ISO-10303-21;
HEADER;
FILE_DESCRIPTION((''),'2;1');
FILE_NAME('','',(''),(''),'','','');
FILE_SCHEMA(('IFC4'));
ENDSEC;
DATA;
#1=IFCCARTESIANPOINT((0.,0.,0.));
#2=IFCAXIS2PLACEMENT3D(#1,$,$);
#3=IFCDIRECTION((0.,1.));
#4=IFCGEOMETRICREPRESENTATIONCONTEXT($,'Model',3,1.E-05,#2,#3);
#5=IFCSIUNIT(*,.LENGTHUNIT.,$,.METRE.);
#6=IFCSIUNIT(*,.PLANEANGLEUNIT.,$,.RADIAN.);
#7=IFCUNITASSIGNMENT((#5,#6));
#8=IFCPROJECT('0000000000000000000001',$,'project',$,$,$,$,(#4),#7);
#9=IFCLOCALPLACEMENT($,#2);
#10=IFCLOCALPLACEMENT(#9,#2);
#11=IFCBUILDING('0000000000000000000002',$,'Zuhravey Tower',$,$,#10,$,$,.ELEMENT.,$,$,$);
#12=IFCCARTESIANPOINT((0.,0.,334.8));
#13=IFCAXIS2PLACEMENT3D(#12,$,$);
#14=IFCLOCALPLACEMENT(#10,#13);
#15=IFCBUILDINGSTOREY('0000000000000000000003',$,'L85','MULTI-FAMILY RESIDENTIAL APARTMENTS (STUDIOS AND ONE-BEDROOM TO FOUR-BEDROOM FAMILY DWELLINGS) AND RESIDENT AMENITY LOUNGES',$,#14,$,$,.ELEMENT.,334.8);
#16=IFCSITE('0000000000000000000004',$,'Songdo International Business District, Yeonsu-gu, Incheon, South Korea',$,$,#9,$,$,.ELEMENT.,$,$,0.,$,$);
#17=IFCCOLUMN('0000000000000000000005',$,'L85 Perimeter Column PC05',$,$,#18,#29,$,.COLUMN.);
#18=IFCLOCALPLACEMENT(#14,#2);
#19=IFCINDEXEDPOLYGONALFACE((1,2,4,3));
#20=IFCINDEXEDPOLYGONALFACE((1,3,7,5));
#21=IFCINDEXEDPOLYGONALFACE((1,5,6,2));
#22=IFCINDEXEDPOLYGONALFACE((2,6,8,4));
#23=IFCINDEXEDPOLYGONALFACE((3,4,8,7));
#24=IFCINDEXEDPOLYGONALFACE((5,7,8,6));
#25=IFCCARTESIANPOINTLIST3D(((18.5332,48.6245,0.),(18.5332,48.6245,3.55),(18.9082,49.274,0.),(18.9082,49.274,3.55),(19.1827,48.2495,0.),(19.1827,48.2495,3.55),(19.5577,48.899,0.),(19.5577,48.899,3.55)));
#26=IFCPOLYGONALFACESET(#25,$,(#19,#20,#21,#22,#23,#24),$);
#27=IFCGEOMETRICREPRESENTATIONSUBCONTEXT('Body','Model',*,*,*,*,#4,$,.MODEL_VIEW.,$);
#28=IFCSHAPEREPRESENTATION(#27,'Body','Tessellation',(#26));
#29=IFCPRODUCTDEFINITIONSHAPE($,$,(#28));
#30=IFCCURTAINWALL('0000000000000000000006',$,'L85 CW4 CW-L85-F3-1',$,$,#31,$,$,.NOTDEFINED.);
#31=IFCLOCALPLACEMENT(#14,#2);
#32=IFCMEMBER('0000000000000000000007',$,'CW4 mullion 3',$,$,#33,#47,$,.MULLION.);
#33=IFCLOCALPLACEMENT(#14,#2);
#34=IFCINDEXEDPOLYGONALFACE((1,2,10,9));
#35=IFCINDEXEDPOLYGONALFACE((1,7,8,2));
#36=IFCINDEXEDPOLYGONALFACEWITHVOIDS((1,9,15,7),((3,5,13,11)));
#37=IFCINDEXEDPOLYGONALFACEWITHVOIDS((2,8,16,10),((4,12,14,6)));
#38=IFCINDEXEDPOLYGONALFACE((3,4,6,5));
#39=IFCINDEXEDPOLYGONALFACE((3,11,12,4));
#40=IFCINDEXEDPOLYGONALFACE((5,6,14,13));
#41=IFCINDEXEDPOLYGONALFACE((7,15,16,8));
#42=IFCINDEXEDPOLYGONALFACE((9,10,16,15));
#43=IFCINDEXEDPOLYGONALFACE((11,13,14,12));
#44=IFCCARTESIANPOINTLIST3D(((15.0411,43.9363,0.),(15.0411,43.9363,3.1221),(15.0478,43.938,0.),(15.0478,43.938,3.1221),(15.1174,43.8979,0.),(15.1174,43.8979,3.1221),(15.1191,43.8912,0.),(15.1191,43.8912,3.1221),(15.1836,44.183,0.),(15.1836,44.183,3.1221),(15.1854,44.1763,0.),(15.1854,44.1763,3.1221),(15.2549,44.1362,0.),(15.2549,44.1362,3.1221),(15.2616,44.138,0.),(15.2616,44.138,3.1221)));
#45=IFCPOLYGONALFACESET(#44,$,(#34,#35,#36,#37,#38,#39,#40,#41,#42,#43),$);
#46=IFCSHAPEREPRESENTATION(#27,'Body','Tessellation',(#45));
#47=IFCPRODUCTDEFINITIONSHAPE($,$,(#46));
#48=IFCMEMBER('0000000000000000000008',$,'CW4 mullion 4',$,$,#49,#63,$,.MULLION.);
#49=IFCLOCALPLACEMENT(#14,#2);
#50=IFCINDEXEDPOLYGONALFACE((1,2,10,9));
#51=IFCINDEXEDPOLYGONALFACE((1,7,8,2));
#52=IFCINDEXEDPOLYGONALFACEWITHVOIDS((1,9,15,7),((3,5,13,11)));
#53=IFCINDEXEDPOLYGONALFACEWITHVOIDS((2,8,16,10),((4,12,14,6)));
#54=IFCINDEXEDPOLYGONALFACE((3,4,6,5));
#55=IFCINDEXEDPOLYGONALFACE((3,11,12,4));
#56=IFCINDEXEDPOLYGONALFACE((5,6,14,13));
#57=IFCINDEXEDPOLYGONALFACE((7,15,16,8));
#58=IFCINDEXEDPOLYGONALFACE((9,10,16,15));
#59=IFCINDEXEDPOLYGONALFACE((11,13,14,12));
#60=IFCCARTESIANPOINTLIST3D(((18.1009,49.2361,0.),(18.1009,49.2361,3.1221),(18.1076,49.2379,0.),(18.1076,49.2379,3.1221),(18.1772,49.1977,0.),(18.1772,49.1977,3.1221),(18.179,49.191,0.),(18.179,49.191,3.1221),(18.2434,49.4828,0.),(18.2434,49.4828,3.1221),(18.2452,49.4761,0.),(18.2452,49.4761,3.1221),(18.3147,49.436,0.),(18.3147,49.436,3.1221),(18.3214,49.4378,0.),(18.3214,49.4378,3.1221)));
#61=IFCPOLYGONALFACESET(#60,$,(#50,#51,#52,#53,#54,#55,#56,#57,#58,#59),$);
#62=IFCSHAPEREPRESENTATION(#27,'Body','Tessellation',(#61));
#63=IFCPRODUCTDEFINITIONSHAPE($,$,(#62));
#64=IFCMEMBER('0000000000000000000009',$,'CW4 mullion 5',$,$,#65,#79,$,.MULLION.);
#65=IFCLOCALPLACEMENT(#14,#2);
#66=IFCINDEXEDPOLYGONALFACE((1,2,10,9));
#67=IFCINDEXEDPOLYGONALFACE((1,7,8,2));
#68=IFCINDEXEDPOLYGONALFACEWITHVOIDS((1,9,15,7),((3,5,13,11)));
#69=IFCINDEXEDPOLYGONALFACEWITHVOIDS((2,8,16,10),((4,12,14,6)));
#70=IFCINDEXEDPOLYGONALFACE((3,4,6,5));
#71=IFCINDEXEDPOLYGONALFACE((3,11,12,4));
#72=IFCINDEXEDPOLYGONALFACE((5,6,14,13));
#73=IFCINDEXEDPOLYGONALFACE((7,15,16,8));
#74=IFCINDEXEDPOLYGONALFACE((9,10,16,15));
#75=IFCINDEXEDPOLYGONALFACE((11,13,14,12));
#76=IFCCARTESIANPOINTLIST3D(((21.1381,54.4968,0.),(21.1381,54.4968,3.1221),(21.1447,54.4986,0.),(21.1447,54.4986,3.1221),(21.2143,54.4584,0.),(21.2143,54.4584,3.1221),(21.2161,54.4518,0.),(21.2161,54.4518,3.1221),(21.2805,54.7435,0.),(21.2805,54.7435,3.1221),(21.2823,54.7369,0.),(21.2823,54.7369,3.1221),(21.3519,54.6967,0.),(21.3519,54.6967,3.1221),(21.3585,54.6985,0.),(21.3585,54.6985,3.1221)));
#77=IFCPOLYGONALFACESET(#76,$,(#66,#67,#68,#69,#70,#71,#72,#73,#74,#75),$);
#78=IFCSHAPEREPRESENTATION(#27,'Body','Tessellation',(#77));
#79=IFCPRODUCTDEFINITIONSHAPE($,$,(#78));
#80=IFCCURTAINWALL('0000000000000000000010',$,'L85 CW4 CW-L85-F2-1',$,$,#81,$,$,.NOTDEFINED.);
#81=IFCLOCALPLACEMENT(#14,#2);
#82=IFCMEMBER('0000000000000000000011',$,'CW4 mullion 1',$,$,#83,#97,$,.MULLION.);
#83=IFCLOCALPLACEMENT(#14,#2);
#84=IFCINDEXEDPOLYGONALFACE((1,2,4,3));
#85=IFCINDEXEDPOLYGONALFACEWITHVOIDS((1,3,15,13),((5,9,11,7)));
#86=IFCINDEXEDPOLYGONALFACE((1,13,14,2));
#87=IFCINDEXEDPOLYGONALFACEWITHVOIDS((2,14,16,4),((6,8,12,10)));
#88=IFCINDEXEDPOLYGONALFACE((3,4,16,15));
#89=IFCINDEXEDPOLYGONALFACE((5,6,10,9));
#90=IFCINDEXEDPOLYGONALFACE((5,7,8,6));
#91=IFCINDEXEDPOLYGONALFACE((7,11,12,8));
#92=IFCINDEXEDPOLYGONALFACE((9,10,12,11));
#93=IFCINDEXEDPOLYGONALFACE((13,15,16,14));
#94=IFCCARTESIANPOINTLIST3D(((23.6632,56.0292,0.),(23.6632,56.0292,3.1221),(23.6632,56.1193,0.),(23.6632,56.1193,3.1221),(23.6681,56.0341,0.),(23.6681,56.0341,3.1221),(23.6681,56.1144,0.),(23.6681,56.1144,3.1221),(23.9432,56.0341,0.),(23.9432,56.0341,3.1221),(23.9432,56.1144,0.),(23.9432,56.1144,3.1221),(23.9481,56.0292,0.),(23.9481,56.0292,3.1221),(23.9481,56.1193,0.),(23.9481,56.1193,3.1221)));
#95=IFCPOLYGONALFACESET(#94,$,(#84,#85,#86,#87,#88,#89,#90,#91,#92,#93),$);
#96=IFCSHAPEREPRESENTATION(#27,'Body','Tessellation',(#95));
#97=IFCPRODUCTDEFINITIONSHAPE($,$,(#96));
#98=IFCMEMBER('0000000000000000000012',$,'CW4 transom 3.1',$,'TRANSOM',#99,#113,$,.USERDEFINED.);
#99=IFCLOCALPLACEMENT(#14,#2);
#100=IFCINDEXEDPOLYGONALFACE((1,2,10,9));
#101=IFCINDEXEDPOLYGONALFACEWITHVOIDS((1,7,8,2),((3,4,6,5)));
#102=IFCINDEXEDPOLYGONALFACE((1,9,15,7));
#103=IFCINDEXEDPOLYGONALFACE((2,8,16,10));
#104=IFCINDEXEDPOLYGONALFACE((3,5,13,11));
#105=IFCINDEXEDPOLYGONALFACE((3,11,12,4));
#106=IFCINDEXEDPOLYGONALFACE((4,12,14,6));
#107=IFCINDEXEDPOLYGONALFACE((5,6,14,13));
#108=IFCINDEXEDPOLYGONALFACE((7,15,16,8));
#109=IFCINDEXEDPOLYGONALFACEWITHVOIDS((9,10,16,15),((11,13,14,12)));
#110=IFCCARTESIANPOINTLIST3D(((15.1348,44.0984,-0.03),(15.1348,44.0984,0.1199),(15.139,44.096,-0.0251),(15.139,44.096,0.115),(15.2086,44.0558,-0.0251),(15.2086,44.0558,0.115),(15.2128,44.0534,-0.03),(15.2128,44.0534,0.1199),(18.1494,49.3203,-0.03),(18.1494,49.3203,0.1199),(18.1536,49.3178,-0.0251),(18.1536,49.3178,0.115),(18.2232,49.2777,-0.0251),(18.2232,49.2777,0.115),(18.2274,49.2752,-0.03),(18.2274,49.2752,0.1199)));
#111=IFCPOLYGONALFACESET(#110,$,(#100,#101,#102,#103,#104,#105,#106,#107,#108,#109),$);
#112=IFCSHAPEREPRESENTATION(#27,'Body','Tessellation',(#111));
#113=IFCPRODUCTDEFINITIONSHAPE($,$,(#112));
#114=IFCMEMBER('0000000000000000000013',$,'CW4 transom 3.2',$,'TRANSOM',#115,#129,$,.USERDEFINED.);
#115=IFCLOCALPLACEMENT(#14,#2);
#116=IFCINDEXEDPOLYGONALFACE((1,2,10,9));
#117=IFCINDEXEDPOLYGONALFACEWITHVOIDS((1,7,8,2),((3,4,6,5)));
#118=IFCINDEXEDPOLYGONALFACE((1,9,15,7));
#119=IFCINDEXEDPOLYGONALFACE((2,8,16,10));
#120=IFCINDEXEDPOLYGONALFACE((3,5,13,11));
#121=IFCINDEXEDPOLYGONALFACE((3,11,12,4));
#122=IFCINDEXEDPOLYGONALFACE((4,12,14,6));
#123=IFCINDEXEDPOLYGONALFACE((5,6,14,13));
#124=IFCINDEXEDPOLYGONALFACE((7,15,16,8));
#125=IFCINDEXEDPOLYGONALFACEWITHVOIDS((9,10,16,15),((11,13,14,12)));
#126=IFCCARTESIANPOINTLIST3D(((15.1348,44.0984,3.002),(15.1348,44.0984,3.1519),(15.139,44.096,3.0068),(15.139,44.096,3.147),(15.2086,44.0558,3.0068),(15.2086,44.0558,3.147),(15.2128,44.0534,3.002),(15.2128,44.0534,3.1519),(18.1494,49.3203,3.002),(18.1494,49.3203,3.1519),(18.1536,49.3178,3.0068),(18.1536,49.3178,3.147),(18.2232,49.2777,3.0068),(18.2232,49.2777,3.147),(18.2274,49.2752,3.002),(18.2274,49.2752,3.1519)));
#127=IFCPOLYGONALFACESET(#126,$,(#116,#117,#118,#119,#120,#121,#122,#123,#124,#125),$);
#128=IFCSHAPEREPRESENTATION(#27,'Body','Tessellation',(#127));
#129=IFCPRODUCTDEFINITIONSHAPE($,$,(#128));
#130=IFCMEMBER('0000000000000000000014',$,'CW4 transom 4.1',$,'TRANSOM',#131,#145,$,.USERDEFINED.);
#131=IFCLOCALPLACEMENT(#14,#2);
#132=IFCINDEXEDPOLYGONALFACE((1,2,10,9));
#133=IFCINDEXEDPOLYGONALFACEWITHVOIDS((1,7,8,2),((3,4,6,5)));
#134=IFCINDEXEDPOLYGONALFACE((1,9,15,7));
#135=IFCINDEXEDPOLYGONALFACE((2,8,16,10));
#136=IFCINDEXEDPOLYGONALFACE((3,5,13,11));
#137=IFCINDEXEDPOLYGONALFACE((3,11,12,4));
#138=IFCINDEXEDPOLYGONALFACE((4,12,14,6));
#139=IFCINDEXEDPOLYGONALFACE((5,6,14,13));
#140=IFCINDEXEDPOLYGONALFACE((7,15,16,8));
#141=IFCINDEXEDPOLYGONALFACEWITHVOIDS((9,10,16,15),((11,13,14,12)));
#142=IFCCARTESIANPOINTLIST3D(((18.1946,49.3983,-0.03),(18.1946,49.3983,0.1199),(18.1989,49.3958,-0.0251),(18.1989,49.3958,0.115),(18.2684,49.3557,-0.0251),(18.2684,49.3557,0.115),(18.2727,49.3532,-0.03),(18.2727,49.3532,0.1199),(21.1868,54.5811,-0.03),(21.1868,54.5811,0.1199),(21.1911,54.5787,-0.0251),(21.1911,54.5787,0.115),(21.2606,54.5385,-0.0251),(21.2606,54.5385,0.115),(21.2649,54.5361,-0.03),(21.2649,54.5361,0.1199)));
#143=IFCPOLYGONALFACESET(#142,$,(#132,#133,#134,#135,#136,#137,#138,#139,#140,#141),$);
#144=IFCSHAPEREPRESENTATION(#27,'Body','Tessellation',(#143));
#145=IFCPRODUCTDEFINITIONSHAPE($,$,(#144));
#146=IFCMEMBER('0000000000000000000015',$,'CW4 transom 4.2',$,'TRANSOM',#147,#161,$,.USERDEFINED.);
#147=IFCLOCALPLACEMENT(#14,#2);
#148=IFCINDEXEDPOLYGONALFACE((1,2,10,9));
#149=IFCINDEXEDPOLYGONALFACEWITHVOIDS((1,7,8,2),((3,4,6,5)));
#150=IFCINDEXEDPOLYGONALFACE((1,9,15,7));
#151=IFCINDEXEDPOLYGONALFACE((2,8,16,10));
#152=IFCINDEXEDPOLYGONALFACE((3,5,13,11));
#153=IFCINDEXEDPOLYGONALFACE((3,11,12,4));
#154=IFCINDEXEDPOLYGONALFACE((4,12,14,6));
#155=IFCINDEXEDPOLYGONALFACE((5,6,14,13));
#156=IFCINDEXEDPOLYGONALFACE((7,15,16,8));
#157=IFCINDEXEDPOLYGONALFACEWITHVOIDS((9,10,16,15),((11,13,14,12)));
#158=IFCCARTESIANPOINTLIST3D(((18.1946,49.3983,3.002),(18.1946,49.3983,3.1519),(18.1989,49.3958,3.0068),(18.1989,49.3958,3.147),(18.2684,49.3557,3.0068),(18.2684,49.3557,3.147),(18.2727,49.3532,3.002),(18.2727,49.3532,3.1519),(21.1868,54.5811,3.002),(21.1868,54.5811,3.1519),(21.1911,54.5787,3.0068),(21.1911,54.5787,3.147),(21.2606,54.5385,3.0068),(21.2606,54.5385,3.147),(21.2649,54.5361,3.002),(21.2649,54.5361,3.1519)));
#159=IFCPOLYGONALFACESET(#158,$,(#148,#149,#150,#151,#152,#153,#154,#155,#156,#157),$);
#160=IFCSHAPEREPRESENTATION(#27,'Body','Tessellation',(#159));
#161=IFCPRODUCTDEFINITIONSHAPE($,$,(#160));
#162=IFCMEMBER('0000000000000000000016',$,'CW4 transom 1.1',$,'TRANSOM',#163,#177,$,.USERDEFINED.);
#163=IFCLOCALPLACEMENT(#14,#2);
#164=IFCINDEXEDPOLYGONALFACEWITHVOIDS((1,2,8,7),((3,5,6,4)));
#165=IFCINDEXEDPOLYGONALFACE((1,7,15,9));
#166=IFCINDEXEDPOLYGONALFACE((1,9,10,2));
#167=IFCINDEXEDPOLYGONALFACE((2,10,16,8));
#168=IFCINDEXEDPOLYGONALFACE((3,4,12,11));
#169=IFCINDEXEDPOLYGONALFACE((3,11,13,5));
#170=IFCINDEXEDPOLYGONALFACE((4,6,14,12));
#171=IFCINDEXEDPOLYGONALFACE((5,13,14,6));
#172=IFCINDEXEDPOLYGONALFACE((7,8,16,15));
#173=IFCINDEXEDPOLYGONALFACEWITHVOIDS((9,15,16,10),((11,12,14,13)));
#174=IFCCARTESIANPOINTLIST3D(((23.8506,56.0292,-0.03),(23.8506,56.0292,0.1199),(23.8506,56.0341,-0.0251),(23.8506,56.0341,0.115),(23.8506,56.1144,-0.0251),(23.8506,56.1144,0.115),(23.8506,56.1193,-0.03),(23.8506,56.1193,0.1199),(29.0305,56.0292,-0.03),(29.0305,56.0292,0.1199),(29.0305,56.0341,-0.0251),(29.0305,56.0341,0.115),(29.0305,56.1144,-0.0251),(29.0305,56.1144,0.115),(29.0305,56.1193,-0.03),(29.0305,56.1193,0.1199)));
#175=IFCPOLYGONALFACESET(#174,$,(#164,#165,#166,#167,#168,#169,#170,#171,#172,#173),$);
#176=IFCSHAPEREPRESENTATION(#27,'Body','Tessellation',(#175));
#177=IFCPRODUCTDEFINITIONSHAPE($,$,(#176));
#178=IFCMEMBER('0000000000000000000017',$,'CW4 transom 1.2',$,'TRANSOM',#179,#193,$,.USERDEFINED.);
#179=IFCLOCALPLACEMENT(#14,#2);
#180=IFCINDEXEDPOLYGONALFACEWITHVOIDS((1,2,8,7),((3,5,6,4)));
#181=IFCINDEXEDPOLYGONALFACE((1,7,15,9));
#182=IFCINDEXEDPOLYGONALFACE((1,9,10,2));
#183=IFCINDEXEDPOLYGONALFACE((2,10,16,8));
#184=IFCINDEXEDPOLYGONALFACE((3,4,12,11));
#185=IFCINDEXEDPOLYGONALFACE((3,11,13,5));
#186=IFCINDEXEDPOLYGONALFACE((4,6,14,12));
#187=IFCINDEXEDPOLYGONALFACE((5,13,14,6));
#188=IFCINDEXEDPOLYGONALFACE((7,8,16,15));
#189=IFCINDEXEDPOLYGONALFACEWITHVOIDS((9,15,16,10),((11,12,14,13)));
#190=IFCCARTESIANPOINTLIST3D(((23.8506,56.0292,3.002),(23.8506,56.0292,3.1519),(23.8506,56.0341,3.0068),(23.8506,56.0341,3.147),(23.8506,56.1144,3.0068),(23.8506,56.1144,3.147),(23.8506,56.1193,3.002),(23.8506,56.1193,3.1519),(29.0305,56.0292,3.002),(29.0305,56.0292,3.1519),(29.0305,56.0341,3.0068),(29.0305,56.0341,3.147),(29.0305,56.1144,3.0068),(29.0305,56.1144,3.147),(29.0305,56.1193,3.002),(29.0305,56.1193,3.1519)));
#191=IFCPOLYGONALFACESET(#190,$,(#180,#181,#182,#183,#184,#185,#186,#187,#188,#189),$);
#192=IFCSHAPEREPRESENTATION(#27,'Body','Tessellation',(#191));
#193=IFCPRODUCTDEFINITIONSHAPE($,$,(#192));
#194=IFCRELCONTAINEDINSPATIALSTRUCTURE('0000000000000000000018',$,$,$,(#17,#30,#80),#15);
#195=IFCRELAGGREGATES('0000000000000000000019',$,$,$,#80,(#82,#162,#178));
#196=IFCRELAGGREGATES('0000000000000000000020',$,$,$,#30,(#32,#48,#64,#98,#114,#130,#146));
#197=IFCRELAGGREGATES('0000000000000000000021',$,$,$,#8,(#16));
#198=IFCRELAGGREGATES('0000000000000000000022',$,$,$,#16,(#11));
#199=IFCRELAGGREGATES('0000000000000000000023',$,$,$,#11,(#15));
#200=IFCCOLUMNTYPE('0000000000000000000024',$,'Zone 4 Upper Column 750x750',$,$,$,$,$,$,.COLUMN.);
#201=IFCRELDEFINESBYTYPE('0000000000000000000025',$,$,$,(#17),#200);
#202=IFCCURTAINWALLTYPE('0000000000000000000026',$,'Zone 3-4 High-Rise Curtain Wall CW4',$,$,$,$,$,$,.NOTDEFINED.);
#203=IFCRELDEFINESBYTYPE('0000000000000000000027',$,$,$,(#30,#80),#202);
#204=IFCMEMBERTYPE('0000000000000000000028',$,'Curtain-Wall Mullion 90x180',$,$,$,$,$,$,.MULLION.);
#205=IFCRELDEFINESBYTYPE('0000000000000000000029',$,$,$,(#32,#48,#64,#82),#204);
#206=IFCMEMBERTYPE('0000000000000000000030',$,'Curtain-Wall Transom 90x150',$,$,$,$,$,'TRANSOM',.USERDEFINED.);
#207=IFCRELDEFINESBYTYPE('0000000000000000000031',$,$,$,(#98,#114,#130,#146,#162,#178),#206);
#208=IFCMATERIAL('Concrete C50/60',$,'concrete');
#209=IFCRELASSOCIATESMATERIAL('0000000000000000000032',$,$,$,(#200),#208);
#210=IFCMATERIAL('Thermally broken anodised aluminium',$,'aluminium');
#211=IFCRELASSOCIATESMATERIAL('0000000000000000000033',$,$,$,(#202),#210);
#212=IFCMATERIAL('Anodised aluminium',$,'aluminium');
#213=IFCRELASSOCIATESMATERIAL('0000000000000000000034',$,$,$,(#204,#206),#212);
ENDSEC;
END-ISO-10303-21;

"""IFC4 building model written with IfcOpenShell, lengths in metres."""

from ifc_helpers import new_model, si_unit, direction, frame, origin, origin_2d, place, context, subcontext, project, spatial, rectangle, hollow_rectangle, extrude, material, material_profile, profile_set, type_object, element, aggregate, save


model = new_model("IFC4")

# Units and contexts
model_context = context("Model", 3, precision=1e-05, world=origin(), true_north=direction((0.0, 1.0)))
body_context = subcontext(model_context, "Body", "Model", "MODEL_VIEW")
ifc_project = project(units=[si_unit("LENGTHUNIT", "METRE"), si_unit("PLANEANGLEUNIT", "RADIAN")], contexts=[model_context])

# Site, building, storey
site_placement = place(None, origin())
site = spatial("IfcSite", under=ifc_project, at=site_placement, Name="Songdo International Business District, Yeonsu-gu, Incheon, South Korea", CompositionType="ELEMENT", RefElevation=0.0)
building_placement = place(site_placement, origin())
building = spatial("IfcBuilding", under=site, at=building_placement, Name="Zuhravey Tower", CompositionType="ELEMENT")
storey_placement = place(building_placement, frame((0.0, 0.0, 334.8)))
storey = spatial("IfcBuildingStorey", under=building, at=storey_placement, Name="L85", Description="MULTI-FAMILY RESIDENTIAL APARTMENTS (STUDIOS AND ONE-BEDROOM TO FOUR-BEDROOM FAMILY DWELLINGS) AND RESIDENT AMENITY LOUNGES", CompositionType="ELEMENT", Elevation=334.8)

# Column
ifc_material_1 = material(Name="Concrete C50/60", Category="concrete")
ifc_material_profile_1 = material_profile(ifc_material_1, rectangle(XDim=0.75, YDim=0.75, at=origin_2d()), Name="RC-750x750")
ifc_profile_set_1 = profile_set([ifc_material_profile_1], Name="Concrete C50/60")
column_type = type_object("IfcColumnType", Name="Zone 4 Upper Column 750x750", PredefinedType="COLUMN", material=ifc_profile_set_1)
column_placement = place(storey_placement, frame((19.0454, 48.7617, 0.0), z_axis=(0.0, 0.0, 1.0), x_axis=(-0.5, -0.866025, 0.0)))
element("IfcColumn", 1, at=column_placement, inside=storey, type_object=column_type, Name="L85 Perimeter Column PC05", PredefinedType="COLUMN", context=body_context, shape_type="SweptSolid", body=[
    extrude(rectangle(XDim=0.75, YDim=0.75, at=origin_2d()), origin(), (0.0, 0.0, 1.0), 3.55),
])

# Curtain wall, members
ifc_material_2 = material(Name="Thermally broken anodised aluminium", Category="aluminium")
curtain_wall_type = type_object("IfcCurtainWallType", Name="Zone 3-4 High-Rise Curtain Wall CW4", PredefinedType="NOTDEFINED", material=ifc_material_2)
curtain_wall_1_placement = place(storey_placement, origin())
curtain_wall_1 = element("IfcCurtainWall", 2, at=curtain_wall_1_placement, inside=storey, type_object=curtain_wall_type, Name="L85 CW4 CW-L85-F3-1", PredefinedType="NOTDEFINED")
ifc_material_3 = material(Name="Anodised aluminium", Category="aluminium")
ifc_material_profile_2 = material_profile(ifc_material_3, hollow_rectangle(XDim=0.0901, YDim=0.2849, WallThickness=0.0049, at=origin_2d()), Name="ALU-RHS-90x285x5")
ifc_profile_set_2 = profile_set([ifc_material_profile_2], Name="Anodised aluminium")
member_type_1 = type_object("IfcMemberType", Name="Curtain-Wall Mullion 90x180", PredefinedType="MULLION", material=ifc_profile_set_2)
member_1_placement = place(storey_placement, frame((15.1514, 44.0371, 0.0), z_axis=(0.0, 0.0, 1.0), x_axis=(-0.866026, 0.5, 0.0)))
member_1 = element("IfcMember", 3, at=member_1_placement, type_object=member_type_1, Name="CW4 mullion 3", PredefinedType="MULLION", context=body_context, shape_type="SweptSolid", body=[
    extrude(hollow_rectangle(XDim=0.0901, YDim=0.2849, WallThickness=0.0049, at=origin_2d()), origin(), (0.0, 0.0, 1.0), 3.1221),
])
member_2_placement = place(storey_placement, frame((18.2112, 49.3369, 0.0), z_axis=(0.0, 0.0, 1.0), x_axis=(-0.866026, 0.5, 0.0)))
member_2 = element("IfcMember", 4, at=member_2_placement, type_object=member_type_1, Name="CW4 mullion 4", PredefinedType="MULLION", context=body_context, shape_type="SweptSolid", body=[
    extrude(hollow_rectangle(XDim=0.0901, YDim=0.2849, WallThickness=0.0049, at=origin_2d()), origin(), (0.0, 0.0, 1.0), 3.1221),
])
member_3_placement = place(storey_placement, frame((21.2483, 54.5977, 0.0), z_axis=(0.0, 0.0, 1.0), x_axis=(-0.866026, 0.5, 0.0)))
member_3 = element("IfcMember", 5, at=member_3_placement, type_object=member_type_1, Name="CW4 mullion 5", PredefinedType="MULLION", context=body_context, shape_type="SweptSolid", body=[
    extrude(hollow_rectangle(XDim=0.0901, YDim=0.2849, WallThickness=0.0049, at=origin_2d()), origin(), (0.0, 0.0, 1.0), 3.1221),
])

# Curtain wall, member
curtain_wall_2_placement = place(storey_placement, origin())
curtain_wall_2 = element("IfcCurtainWall", 6, at=curtain_wall_2_placement, inside=storey, type_object=curtain_wall_type, Name="L85 CW4 CW-L85-F2-1", PredefinedType="NOTDEFINED")
member_4_placement = place(storey_placement, frame((23.8057, 56.0742, 0.0), z_axis=(0.0, 0.0, 1.0), x_axis=(0.0, 1.0, 0.0)))
member_4 = element("IfcMember", 7, at=member_4_placement, type_object=member_type_1, Name="CW4 mullion 1", PredefinedType="MULLION", context=body_context, shape_type="SweptSolid", body=[
    extrude(hollow_rectangle(XDim=0.0901, YDim=0.2849, WallThickness=0.0049, at=origin_2d()), origin(), (0.0, 0.0, 1.0), 3.1221),
])

# Members
ifc_material_profile_3 = material_profile(ifc_material_3, hollow_rectangle(XDim=0.0901, YDim=0.1499, WallThickness=0.0049, at=origin_2d()), Name="ALU-RHS-90x150x5")
ifc_profile_set_3 = profile_set([ifc_material_profile_3], Name="Anodised aluminium")
member_type_2 = type_object("IfcMemberType", Name="Curtain-Wall Transom 90x150", ElementType="TRANSOM", PredefinedType="USERDEFINED", material=ifc_profile_set_3)
member_5_placement = place(storey_placement, frame((15.1738, 44.0759, 0.0449), z_axis=(0.499971, 0.866042, 0.0), x_axis=(-0.866042, 0.499971, 0.0)))
member_5 = element("IfcMember", 8, at=member_5_placement, type_object=member_type_2, Name="CW4 transom 3.1", ObjectType="TRANSOM", PredefinedType="USERDEFINED", context=body_context, shape_type="SweptSolid", body=[
    extrude(hollow_rectangle(XDim=0.0901, YDim=0.1499, WallThickness=0.0049, at=origin_2d()), origin(), (0.0, 0.0, 1.0), 6.0295),
])
member_6_placement = place(storey_placement, frame((15.1738, 44.0759, 3.0769), z_axis=(0.499971, 0.866042, 0.0), x_axis=(-0.866042, 0.499971, 0.0)))
member_6 = element("IfcMember", 9, at=member_6_placement, type_object=member_type_2, Name="CW4 transom 3.2", ObjectType="TRANSOM", PredefinedType="USERDEFINED", context=body_context, shape_type="SweptSolid", body=[
    extrude(hollow_rectangle(XDim=0.0901, YDim=0.1499, WallThickness=0.0049, at=origin_2d()), origin(), (0.0, 0.0, 1.0), 6.0295),
])
member_7_placement = place(storey_placement, frame((18.2336, 49.3757, 0.0449), z_axis=(0.499983, 0.866035, 0.0), x_axis=(-0.866035, 0.499983, 0.0)))
member_7 = element("IfcMember", 10, at=member_7_placement, type_object=member_type_2, Name="CW4 transom 4.1", ObjectType="TRANSOM", PredefinedType="USERDEFINED", context=body_context, shape_type="SweptSolid", body=[
    extrude(hollow_rectangle(XDim=0.0901, YDim=0.1499, WallThickness=0.0049, at=origin_2d()), origin(), (0.0, 0.0, 1.0), 5.9846),
])
member_8_placement = place(storey_placement, frame((18.2336, 49.3757, 3.0769), z_axis=(0.499983, 0.866035, 0.0), x_axis=(-0.866035, 0.499983, 0.0)))
member_8 = element("IfcMember", 11, at=member_8_placement, type_object=member_type_2, Name="CW4 transom 4.2", ObjectType="TRANSOM", PredefinedType="USERDEFINED", context=body_context, shape_type="SweptSolid", body=[
    extrude(hollow_rectangle(XDim=0.0901, YDim=0.1499, WallThickness=0.0049, at=origin_2d()), origin(), (0.0, 0.0, 1.0), 5.9846),
])
member_9_placement = place(storey_placement, frame((23.8506, 56.0742, 0.0449), z_axis=(1.0, 0.0, 0.0), x_axis=(0.0, 1.0, 0.0)))
member_9 = element("IfcMember", 12, at=member_9_placement, type_object=member_type_2, Name="CW4 transom 1.1", ObjectType="TRANSOM", PredefinedType="USERDEFINED", context=body_context, shape_type="SweptSolid", body=[
    extrude(hollow_rectangle(XDim=0.0901, YDim=0.1499, WallThickness=0.0049, at=origin_2d()), origin(), (0.0, 0.0, 1.0), 5.1799),
])
member_10_placement = place(storey_placement, frame((23.8506, 56.0742, 3.0769), z_axis=(1.0, 0.0, 0.0), x_axis=(0.0, 1.0, 0.0)))
member_10 = element("IfcMember", 13, at=member_10_placement, type_object=member_type_2, Name="CW4 transom 1.2", ObjectType="TRANSOM", PredefinedType="USERDEFINED", context=body_context, shape_type="SweptSolid", body=[
    extrude(hollow_rectangle(XDim=0.0901, YDim=0.1499, WallThickness=0.0049, at=origin_2d()), origin(), (0.0, 0.0, 1.0), 5.1799),
])
aggregate(curtain_wall_2, [member_4, member_9, member_10])

aggregate(curtain_wall_1, [member_1, member_2, member_3, member_5, member_6, member_7, member_8])

save(model, "model.ifc")
